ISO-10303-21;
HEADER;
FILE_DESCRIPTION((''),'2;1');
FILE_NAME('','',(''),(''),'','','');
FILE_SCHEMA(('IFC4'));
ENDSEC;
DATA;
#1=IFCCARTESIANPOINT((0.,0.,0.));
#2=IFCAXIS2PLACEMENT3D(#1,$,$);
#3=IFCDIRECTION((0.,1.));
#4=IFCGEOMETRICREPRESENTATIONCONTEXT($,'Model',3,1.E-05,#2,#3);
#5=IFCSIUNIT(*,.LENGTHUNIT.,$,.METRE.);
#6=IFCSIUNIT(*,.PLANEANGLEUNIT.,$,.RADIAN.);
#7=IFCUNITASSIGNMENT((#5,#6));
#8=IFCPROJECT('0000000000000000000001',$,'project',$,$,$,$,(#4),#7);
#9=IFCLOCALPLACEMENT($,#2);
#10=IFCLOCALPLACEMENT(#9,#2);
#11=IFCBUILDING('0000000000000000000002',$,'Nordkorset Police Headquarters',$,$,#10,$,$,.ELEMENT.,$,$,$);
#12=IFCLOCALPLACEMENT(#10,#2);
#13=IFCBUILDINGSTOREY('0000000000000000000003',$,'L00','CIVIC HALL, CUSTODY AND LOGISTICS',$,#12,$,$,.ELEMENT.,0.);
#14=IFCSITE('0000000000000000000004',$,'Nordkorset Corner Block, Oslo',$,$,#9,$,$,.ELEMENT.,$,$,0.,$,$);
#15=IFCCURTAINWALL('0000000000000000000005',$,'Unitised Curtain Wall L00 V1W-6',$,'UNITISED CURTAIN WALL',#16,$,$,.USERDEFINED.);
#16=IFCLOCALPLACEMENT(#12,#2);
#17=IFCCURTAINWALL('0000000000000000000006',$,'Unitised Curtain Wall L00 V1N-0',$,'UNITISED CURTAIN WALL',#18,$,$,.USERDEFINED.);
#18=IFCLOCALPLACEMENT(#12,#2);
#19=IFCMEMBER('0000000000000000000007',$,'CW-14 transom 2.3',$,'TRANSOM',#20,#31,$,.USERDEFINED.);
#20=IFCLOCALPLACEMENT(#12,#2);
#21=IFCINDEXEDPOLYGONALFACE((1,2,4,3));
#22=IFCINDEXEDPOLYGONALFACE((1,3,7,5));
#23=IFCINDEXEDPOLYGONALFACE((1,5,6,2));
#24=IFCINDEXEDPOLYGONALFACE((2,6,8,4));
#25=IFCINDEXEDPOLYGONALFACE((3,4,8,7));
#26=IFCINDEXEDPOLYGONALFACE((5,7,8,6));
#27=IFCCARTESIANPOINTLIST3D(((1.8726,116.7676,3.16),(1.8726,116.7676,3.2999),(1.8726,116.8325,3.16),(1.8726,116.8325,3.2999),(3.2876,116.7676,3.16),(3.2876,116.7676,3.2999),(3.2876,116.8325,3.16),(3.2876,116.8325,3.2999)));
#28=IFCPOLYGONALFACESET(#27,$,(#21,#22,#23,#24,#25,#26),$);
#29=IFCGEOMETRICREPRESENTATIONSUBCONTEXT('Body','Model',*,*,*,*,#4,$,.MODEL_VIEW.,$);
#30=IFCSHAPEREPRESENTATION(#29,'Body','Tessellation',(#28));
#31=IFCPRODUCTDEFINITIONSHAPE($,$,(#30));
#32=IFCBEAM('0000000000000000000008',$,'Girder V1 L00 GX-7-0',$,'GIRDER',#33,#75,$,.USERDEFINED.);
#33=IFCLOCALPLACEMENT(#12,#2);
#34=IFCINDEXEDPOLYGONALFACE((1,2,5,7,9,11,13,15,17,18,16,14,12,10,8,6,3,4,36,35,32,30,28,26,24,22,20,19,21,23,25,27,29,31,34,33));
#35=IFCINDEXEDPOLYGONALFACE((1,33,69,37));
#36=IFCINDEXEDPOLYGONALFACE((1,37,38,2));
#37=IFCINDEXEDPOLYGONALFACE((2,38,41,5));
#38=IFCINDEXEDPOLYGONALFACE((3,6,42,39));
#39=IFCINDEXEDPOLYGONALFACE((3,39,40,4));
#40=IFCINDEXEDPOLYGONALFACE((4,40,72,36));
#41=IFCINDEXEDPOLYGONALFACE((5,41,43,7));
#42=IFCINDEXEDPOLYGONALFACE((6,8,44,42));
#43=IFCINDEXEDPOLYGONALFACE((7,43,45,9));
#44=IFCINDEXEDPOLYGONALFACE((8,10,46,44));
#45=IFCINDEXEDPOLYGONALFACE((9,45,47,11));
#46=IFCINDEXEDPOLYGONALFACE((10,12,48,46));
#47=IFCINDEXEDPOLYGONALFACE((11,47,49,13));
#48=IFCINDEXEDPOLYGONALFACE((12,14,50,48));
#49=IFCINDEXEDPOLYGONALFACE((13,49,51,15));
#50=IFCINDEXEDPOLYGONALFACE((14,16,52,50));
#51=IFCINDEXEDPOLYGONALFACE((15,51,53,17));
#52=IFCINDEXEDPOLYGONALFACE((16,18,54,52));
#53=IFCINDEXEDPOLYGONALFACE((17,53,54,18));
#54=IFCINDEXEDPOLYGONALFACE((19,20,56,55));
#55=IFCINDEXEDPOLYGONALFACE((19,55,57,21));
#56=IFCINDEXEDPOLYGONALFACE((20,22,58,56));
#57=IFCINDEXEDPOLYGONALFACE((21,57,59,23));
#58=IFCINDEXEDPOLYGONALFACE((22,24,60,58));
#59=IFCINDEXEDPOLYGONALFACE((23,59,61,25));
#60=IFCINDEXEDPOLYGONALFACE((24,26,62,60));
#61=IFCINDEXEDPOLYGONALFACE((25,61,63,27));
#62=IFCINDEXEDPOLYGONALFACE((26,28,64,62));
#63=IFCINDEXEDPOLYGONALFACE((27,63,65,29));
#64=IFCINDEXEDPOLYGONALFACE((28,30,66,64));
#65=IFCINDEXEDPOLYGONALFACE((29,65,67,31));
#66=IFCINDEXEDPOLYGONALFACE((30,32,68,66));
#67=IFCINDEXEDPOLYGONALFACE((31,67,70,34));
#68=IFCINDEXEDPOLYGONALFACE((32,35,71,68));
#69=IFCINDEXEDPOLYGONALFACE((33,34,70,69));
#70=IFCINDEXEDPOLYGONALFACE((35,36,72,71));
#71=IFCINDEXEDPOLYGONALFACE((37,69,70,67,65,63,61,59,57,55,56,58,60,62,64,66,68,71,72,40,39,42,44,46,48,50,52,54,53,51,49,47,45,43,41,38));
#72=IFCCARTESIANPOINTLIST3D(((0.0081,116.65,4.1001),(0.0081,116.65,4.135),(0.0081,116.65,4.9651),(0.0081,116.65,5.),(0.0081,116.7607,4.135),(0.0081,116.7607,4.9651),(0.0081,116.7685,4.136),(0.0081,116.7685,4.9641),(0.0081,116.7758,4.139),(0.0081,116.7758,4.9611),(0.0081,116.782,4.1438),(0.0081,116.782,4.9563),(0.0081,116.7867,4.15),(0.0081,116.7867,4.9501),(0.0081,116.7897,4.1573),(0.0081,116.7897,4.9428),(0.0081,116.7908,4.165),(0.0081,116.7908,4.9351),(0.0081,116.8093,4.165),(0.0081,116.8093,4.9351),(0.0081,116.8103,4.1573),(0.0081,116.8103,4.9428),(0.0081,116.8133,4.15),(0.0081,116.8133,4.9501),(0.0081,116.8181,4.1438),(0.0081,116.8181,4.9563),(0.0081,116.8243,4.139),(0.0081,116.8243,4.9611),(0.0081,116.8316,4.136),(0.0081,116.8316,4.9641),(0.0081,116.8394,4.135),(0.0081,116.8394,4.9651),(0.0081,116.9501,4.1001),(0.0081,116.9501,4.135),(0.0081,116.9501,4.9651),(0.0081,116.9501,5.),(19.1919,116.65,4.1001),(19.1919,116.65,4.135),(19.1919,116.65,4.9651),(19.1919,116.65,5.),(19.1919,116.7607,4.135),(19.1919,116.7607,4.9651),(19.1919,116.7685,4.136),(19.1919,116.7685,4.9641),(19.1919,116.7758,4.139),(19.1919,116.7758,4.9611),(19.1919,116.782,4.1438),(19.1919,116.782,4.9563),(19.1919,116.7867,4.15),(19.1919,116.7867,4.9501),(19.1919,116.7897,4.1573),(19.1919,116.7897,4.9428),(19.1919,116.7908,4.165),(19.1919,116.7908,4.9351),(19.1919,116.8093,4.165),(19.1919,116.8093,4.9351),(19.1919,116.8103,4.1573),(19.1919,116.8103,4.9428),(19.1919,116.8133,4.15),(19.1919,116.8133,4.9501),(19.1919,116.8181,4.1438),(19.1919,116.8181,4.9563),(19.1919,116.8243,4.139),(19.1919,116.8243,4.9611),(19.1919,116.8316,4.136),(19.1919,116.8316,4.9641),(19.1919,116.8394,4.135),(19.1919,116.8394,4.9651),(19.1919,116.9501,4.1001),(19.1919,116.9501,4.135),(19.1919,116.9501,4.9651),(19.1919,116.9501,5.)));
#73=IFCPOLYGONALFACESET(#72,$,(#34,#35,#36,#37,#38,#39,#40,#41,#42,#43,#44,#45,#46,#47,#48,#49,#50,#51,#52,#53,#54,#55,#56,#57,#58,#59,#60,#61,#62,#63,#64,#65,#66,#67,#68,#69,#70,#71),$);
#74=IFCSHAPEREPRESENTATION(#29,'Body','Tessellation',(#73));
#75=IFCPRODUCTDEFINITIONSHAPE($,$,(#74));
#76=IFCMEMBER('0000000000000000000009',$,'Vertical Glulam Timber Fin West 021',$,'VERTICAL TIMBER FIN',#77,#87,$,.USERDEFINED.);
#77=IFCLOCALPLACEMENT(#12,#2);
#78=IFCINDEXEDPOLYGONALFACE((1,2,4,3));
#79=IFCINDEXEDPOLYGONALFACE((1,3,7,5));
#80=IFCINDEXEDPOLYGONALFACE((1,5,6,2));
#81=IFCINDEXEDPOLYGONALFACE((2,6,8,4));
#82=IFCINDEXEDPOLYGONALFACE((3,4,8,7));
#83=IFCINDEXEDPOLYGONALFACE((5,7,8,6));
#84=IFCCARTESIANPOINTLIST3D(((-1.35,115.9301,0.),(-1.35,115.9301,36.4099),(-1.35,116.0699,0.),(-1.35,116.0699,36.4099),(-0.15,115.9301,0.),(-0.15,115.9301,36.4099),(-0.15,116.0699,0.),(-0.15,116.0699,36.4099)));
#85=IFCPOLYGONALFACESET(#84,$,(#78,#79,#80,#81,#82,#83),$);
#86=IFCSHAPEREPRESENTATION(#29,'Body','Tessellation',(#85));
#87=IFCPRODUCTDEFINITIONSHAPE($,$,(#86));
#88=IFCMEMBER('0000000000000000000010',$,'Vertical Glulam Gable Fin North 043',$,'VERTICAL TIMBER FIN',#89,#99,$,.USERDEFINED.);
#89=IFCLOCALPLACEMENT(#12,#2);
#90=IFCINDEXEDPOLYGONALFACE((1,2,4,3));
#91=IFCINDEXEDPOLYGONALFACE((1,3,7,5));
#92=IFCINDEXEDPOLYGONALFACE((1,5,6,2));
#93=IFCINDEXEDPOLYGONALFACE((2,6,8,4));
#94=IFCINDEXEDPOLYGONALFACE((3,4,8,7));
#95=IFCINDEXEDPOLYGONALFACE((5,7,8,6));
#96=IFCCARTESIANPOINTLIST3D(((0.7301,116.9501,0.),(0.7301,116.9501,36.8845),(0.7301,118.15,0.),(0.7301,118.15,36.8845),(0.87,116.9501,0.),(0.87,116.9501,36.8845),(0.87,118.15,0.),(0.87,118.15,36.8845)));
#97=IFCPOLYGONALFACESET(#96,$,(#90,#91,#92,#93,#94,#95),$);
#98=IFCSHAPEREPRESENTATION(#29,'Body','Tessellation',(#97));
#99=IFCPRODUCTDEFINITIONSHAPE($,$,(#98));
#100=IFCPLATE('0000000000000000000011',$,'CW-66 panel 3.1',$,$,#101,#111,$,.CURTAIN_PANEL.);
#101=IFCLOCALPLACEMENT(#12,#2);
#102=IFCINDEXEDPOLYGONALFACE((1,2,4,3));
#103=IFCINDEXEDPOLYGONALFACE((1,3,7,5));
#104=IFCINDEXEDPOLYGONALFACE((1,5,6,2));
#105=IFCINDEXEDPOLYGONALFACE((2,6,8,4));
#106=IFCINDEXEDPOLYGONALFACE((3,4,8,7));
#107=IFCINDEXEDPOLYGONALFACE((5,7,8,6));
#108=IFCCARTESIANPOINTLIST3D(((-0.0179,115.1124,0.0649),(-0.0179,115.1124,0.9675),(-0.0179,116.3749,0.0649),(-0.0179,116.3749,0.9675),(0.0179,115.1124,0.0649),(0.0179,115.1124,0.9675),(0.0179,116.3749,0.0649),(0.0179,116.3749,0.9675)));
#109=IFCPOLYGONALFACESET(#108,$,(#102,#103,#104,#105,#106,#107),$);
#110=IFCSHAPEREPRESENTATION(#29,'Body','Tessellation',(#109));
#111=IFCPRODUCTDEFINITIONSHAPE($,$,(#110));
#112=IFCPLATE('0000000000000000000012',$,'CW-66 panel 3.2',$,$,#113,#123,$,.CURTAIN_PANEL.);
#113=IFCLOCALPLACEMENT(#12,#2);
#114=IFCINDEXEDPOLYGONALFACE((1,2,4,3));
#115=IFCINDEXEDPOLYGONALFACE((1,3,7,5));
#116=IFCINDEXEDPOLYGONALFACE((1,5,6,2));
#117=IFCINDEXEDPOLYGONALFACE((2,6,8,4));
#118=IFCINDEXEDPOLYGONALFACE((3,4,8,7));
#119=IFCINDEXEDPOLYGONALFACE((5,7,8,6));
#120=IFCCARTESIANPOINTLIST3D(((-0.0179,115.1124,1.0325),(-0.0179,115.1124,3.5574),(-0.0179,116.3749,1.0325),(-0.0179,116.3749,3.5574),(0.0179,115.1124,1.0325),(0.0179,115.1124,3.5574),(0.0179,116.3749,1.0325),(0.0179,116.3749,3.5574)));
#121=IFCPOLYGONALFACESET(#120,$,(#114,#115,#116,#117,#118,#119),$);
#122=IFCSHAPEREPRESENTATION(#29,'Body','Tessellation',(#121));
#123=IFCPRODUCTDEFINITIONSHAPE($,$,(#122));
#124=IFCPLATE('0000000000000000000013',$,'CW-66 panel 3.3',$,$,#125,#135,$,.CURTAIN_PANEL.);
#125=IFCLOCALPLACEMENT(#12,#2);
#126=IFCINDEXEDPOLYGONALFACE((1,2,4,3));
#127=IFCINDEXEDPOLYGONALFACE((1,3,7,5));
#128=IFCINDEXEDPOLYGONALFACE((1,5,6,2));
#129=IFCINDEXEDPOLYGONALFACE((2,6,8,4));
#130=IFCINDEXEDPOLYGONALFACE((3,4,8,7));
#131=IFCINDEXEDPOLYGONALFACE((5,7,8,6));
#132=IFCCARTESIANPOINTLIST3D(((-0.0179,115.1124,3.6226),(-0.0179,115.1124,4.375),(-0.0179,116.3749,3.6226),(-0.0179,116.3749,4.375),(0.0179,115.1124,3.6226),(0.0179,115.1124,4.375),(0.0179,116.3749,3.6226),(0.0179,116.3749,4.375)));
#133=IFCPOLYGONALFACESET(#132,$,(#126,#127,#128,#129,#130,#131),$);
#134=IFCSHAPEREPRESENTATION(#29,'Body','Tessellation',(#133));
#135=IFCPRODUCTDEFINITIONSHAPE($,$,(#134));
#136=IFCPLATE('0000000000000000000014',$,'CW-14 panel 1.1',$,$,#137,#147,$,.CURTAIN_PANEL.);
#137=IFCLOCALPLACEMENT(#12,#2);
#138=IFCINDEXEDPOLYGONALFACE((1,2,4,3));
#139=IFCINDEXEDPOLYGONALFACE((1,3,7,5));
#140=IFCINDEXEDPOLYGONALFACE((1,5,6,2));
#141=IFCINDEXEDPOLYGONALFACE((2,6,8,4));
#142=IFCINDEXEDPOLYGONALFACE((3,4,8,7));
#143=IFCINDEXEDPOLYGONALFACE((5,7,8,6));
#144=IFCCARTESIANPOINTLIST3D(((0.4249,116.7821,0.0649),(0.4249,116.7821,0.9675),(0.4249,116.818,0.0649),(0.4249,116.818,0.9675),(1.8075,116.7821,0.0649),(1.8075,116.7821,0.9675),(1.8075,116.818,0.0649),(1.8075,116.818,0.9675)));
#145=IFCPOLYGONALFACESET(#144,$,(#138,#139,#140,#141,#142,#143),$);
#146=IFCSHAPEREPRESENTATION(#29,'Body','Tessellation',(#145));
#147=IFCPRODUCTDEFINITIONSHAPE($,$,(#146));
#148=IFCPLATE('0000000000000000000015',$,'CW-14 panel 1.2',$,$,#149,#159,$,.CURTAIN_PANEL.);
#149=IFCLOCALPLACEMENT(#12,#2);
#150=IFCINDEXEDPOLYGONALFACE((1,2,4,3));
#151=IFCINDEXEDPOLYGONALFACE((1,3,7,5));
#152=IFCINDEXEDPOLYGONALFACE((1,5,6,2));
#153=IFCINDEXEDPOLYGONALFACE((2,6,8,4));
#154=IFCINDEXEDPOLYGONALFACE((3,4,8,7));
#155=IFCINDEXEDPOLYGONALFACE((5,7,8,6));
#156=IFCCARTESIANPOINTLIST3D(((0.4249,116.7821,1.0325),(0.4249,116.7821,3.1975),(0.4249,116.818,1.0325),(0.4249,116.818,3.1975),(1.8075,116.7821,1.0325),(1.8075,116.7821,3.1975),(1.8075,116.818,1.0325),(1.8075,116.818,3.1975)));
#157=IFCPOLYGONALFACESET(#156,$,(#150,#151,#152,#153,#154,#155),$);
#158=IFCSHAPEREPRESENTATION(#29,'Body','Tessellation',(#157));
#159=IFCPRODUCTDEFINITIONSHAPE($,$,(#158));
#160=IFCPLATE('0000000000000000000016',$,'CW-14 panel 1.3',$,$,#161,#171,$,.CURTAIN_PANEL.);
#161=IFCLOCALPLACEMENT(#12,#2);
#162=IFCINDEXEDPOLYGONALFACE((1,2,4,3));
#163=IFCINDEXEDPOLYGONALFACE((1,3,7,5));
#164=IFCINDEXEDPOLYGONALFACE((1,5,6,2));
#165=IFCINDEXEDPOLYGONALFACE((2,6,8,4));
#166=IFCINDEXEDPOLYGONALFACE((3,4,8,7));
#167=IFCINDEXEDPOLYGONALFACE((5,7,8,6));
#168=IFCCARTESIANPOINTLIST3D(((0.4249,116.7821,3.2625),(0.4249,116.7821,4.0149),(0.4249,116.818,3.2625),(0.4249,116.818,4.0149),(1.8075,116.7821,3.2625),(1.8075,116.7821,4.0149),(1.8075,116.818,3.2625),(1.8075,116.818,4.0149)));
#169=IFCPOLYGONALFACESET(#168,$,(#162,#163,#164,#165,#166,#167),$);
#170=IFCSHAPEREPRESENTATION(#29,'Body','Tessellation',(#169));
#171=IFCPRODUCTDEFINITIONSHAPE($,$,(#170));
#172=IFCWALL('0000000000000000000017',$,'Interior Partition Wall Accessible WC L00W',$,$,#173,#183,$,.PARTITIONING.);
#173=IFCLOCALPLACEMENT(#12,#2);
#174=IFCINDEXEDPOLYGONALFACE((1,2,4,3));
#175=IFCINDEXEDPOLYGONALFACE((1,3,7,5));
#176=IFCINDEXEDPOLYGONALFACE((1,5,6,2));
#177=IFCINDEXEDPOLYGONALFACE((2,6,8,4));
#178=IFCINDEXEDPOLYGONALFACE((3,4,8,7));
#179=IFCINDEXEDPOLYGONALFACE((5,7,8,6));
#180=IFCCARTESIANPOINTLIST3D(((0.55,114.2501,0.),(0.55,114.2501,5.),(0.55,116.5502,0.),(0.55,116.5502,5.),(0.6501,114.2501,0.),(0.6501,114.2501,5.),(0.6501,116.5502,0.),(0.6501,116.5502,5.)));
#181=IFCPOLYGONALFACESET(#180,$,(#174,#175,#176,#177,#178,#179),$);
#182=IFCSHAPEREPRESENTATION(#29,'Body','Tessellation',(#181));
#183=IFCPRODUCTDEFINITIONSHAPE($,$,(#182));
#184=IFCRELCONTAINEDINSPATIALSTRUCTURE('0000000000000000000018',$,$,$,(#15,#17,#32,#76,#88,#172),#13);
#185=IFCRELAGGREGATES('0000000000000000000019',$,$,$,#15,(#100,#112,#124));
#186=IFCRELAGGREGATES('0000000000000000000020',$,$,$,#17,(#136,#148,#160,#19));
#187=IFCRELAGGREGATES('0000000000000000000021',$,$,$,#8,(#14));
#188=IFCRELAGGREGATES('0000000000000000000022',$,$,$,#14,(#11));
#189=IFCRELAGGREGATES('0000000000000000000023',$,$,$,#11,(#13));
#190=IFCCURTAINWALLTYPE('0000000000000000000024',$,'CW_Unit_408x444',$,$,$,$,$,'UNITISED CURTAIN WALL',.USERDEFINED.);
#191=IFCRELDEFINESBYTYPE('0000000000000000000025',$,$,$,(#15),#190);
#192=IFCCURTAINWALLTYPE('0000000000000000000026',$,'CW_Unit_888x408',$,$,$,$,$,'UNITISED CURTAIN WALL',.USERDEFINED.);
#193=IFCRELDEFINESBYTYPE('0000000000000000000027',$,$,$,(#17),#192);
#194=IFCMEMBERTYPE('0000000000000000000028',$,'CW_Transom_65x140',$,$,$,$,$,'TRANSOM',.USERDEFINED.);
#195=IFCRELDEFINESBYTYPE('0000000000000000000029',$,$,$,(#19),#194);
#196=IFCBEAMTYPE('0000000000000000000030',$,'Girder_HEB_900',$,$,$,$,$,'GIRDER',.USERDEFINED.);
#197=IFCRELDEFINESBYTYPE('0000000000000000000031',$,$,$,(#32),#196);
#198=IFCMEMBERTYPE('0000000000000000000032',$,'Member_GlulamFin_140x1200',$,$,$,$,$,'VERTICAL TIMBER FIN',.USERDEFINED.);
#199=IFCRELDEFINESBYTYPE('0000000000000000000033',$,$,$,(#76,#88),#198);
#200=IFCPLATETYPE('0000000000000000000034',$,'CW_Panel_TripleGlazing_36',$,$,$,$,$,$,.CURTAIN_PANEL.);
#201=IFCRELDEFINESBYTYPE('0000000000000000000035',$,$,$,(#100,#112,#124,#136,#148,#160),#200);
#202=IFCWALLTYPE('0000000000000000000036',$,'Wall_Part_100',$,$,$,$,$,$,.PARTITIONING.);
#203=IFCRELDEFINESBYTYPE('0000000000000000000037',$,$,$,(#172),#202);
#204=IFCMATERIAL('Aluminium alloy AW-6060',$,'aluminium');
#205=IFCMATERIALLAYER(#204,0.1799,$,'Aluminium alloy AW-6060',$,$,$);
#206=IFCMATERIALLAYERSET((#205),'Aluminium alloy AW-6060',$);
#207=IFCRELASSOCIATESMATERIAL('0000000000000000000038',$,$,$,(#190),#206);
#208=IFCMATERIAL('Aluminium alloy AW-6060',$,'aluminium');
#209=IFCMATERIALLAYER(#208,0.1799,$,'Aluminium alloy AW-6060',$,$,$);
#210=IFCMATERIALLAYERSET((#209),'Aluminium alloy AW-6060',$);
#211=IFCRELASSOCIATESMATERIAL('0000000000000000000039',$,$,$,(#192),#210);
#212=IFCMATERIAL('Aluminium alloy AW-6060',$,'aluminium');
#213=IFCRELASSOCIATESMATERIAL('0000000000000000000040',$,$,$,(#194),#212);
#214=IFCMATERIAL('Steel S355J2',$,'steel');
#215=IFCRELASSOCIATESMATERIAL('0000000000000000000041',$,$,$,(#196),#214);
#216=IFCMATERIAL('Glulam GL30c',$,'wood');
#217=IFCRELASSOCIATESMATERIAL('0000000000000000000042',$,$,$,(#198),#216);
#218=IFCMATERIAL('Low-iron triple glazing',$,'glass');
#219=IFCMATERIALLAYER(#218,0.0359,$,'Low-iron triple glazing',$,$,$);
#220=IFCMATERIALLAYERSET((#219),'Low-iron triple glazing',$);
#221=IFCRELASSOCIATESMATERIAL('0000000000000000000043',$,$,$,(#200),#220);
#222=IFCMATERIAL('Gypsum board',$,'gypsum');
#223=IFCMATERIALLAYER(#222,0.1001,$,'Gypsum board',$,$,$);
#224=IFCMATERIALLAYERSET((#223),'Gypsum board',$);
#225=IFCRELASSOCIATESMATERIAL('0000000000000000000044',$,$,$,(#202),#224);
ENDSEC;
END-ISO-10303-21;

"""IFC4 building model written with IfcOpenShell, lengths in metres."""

from ifc_helpers import new_model, si_unit, direction, frame, frame_2d, origin, origin_2d, place, context, subcontext, project, spatial, rectangle, i_section, extrude, material, layer, layer_set, material_profile, profile_set, type_object, element, aggregate, save


model = new_model("IFC4")

# Units and contexts
model_context = context("Model", 3, precision=1e-05, world=origin(), true_north=direction((0.0, 1.0)))
body_context = subcontext(model_context, "Body", "Model", "MODEL_VIEW")
ifc_project = project(units=[si_unit("LENGTHUNIT", "METRE"), si_unit("PLANEANGLEUNIT", "RADIAN")], contexts=[model_context])

# Site, building, storey
site_placement = place(None, origin())
site = spatial("IfcSite", under=ifc_project, at=site_placement, Name="Nordkorset Corner Block, Oslo", CompositionType="ELEMENT", RefElevation=0.0)
building_placement = place(site_placement, origin())
building = spatial("IfcBuilding", under=site, at=building_placement, Name="Nordkorset Police Headquarters", CompositionType="ELEMENT")
storey_placement = place(building_placement, origin())
storey = spatial("IfcBuildingStorey", under=building, at=storey_placement, Name="L00", Description="CIVIC HALL, CUSTODY AND LOGISTICS", CompositionType="ELEMENT", Elevation=0.0)

# Curtain wall
ifc_material_1 = material(Name="Aluminium alloy AW-6060", Category="aluminium")
ifc_layer_1 = layer(ifc_material_1, 0.1799, Name="Aluminium alloy AW-6060")
ifc_layer_set_1 = layer_set([ifc_layer_1], Name="Aluminium alloy AW-6060")
curtain_wall_type_1 = type_object("IfcCurtainWallType", Name="CW_Unit_408x444", ElementType="UNITISED CURTAIN WALL", PredefinedType="USERDEFINED", material=ifc_layer_set_1)
curtain_wall_1_placement = place(storey_placement, origin())
curtain_wall_1 = element("IfcCurtainWall", 1, at=curtain_wall_1_placement, inside=storey, type_object=curtain_wall_type_1, Name="Unitised Curtain Wall L00 V1W-6", ObjectType="UNITISED CURTAIN WALL", PredefinedType="USERDEFINED")

# Curtain wall
ifc_material_2 = material(Name="Aluminium alloy AW-6060", Category="aluminium")
ifc_layer_2 = layer(ifc_material_2, 0.1799, Name="Aluminium alloy AW-6060")
ifc_layer_set_2 = layer_set([ifc_layer_2], Name="Aluminium alloy AW-6060")
curtain_wall_type_2 = type_object("IfcCurtainWallType", Name="CW_Unit_888x408", ElementType="UNITISED CURTAIN WALL", PredefinedType="USERDEFINED", material=ifc_layer_set_2)
curtain_wall_2_placement = place(storey_placement, origin())
curtain_wall_2 = element("IfcCurtainWall", 2, at=curtain_wall_2_placement, inside=storey, type_object=curtain_wall_type_2, Name="Unitised Curtain Wall L00 V1N-0", ObjectType="UNITISED CURTAIN WALL", PredefinedType="USERDEFINED")

# Member
ifc_material_3 = material(Name="Aluminium alloy AW-6060", Category="aluminium")
ifc_material_profile_1 = material_profile(ifc_material_3, rectangle(XDim=0.0649, YDim=0.1399, at=origin_2d()), Name="ALU TRAN 65x140")
ifc_profile_set_1 = profile_set([ifc_material_profile_1], Name="Aluminium alloy AW-6060")
member_type_1 = type_object("IfcMemberType", Name="CW_Transom_65x140", ElementType="TRANSOM", PredefinedType="USERDEFINED", material=ifc_profile_set_1)
member_1_placement = place(storey_placement, frame((1.8726, 116.8, 3.23), z_axis=(1.0, 0.0, 0.0), x_axis=(0.0, 1.0, 0.0)))
member_1 = element("IfcMember", 3, at=member_1_placement, type_object=member_type_1, Name="CW-14 transom 2.3", ObjectType="TRANSOM", PredefinedType="USERDEFINED", context=body_context, shape_type="SweptSolid", body=[
    extrude(rectangle(XDim=0.0649, YDim=0.1399, at=origin_2d()), origin(), (0.0, 0.0, 1.0), 1.415),
])

# Beam
ifc_material_4 = material(Name="Steel S355J2", Category="steel")
ifc_material_profile_2 = material_profile(ifc_material_4, i_section(OverallWidth=0.3, OverallDepth=0.8999, WebThickness=0.0186, FlangeThickness=0.0349, FilletRadius=0.03, at=origin_2d()), Name="HEB 900")
ifc_profile_set_2 = profile_set([ifc_material_profile_2], Name="Steel S355J2")
beam_type = type_object("IfcBeamType", Name="Girder_HEB_900", ElementType="GIRDER", PredefinedType="USERDEFINED", material=ifc_profile_set_2)
beam_placement = place(storey_placement, frame((0.0081, 116.8, 4.55), z_axis=(1.0, 0.0, 0.0), x_axis=(0.0, 1.0, 0.0)))
element("IfcBeam", 4, at=beam_placement, inside=storey, type_object=beam_type, Name="Girder V1 L00 GX-7-0", ObjectType="GIRDER", PredefinedType="USERDEFINED", context=body_context, shape_type="SweptSolid", body=[
    extrude(i_section(OverallWidth=0.3, OverallDepth=0.8999, WebThickness=0.0186, FlangeThickness=0.0349, FilletRadius=0.03, at=origin_2d()), origin(), (0.0, 0.0, 1.0), 19.1838),
])

# Members
ifc_material_5 = material(Name="Glulam GL30c", Category="wood")
ifc_material_profile_3 = material_profile(ifc_material_5, rectangle(XDim=0.1399, YDim=1.2, at=origin_2d()), Name="GL30C FIN 140x1200")
ifc_profile_set_3 = profile_set([ifc_material_profile_3], Name="Glulam GL30c")
member_type_2 = type_object("IfcMemberType", Name="Member_GlulamFin_140x1200", ElementType="VERTICAL TIMBER FIN", PredefinedType="USERDEFINED", material=ifc_profile_set_3)
member_2_placement = place(storey_placement, frame((-0.75, 116.0, 0.0), z_axis=(0.0, 0.0, 1.0), x_axis=(0.0, 1.0, 0.0)))
element("IfcMember", 5, at=member_2_placement, inside=storey, type_object=member_type_2, Name="Vertical Glulam Timber Fin West 021", ObjectType="VERTICAL TIMBER FIN", PredefinedType="USERDEFINED", context=body_context, shape_type="SweptSolid", body=[
    extrude(rectangle(XDim=0.1399, YDim=1.2, at=origin_2d()), origin(), (0.0, 0.0, 1.0), 36.4099),
])
member_3_placement = place(storey_placement, frame((0.8, 117.55, 0.0), z_axis=(0.0, 0.0, 1.0), x_axis=(1.0, 0.0, 0.0)))
element("IfcMember", 6, at=member_3_placement, inside=storey, type_object=member_type_2, Name="Vertical Glulam Gable Fin North 043", ObjectType="VERTICAL TIMBER FIN", PredefinedType="USERDEFINED", context=body_context, shape_type="SweptSolid", body=[
    extrude(rectangle(XDim=0.1399, YDim=1.2, at=origin_2d()), origin(), (0.0, 0.0, 1.0), 36.8845),
])

# Plates
ifc_material_6 = material(Name="Low-iron triple glazing", Category="glass")
ifc_layer_3 = layer(ifc_material_6, 0.0359, Name="Low-iron triple glazing")
ifc_layer_set_3 = layer_set([ifc_layer_3], Name="Low-iron triple glazing")
plate_type = type_object("IfcPlateType", Name="CW_Panel_TripleGlazing_36", PredefinedType="CURTAIN_PANEL", material=ifc_layer_set_3)
plate_1_placement = place(storey_placement, frame((0.0, 115.7437, 0.0649), z_axis=(0.0, 0.0, 1.0), x_axis=(0.0, 1.0, 0.0)))
plate_1 = element("IfcPlate", 7, at=plate_1_placement, type_object=plate_type, Name="CW-66 panel 3.1", PredefinedType="CURTAIN_PANEL", context=body_context, shape_type="SweptSolid", body=[
    extrude(rectangle(XDim=1.2625, YDim=0.0359, at=origin_2d()), origin(), (0.0, 0.0, 1.0), 0.9026),
])
plate_2_placement = place(storey_placement, frame((0.0, 115.7437, 1.0325), z_axis=(0.0, 0.0, 1.0), x_axis=(0.0, 1.0, 0.0)))
plate_2 = element("IfcPlate", 8, at=plate_2_placement, type_object=plate_type, Name="CW-66 panel 3.2", PredefinedType="CURTAIN_PANEL", context=body_context, shape_type="SweptSolid", body=[
    extrude(rectangle(XDim=1.2625, YDim=0.0359, at=origin_2d()), origin(), (0.0, 0.0, 1.0), 2.5249),
])
plate_3_placement = place(storey_placement, frame((0.0, 115.7437, 3.6226), z_axis=(0.0, 0.0, 1.0), x_axis=(0.0, 1.0, 0.0)))
plate_3 = element("IfcPlate", 9, at=plate_3_placement, type_object=plate_type, Name="CW-66 panel 3.3", PredefinedType="CURTAIN_PANEL", context=body_context, shape_type="SweptSolid", body=[
    extrude(rectangle(XDim=1.2625, YDim=0.0359, at=origin_2d()), origin(), (0.0, 0.0, 1.0), 0.7524),
])
aggregate(curtain_wall_1, [plate_1, plate_2, plate_3])
plate_4_placement = place(storey_placement, frame((1.1162, 116.8, 0.0649), z_axis=(0.0, 0.0, 1.0), x_axis=(1.0, 0.0, 0.0)))
plate_4 = element("IfcPlate", 10, at=plate_4_placement, type_object=plate_type, Name="CW-14 panel 1.1", PredefinedType="CURTAIN_PANEL", context=body_context, shape_type="SweptSolid", body=[
    extrude(rectangle(XDim=1.3826, YDim=0.0359, at=origin_2d()), origin(), (0.0, 0.0, 1.0), 0.9026),
])
plate_5_placement = place(storey_placement, frame((1.1162, 116.8, 1.0325), z_axis=(0.0, 0.0, 1.0), x_axis=(1.0, 0.0, 0.0)))
plate_5 = element("IfcPlate", 11, at=plate_5_placement, type_object=plate_type, Name="CW-14 panel 1.2", PredefinedType="CURTAIN_PANEL", context=body_context, shape_type="SweptSolid", body=[
    extrude(rectangle(XDim=1.3826, YDim=0.0359, at=origin_2d()), origin(), (0.0, 0.0, 1.0), 2.165),
])
plate_6_placement = place(storey_placement, frame((1.1162, 116.8, 3.2625), z_axis=(0.0, 0.0, 1.0), x_axis=(1.0, 0.0, 0.0)))
plate_6 = element("IfcPlate", 12, at=plate_6_placement, type_object=plate_type, Name="CW-14 panel 1.3", PredefinedType="CURTAIN_PANEL", context=body_context, shape_type="SweptSolid", body=[
    extrude(rectangle(XDim=1.3826, YDim=0.0359, at=origin_2d()), origin(), (0.0, 0.0, 1.0), 0.7524),
])
aggregate(curtain_wall_2, [plate_4, plate_5, plate_6, member_1])

# Wall
ifc_material_7 = material(Name="Gypsum board", Category="gypsum")
ifc_layer_4 = layer(ifc_material_7, 0.1001, Name="Gypsum board")
ifc_layer_set_4 = layer_set([ifc_layer_4], Name="Gypsum board")
wall_type = type_object("IfcWallType", Name="Wall_Part_100", PredefinedType="PARTITIONING", material=ifc_layer_set_4)
wall_placement = place(storey_placement, frame((0.6001, 116.55, 0.0), z_axis=(0.0, 0.0, 1.0), x_axis=(0.0, -1.0, 0.0)))
element("IfcWall", 13, at=wall_placement, inside=storey, type_object=wall_type, Name="Interior Partition Wall Accessible WC L00W", PredefinedType="PARTITIONING", context=body_context, shape_type="SweptSolid", body=[
    extrude(rectangle(XDim=2.3, YDim=0.1001, at=frame_2d((1.1499, 0.0))), origin(), (0.0, 0.0, 1.0), 5.0),
])

save(model, "model.ifc")
